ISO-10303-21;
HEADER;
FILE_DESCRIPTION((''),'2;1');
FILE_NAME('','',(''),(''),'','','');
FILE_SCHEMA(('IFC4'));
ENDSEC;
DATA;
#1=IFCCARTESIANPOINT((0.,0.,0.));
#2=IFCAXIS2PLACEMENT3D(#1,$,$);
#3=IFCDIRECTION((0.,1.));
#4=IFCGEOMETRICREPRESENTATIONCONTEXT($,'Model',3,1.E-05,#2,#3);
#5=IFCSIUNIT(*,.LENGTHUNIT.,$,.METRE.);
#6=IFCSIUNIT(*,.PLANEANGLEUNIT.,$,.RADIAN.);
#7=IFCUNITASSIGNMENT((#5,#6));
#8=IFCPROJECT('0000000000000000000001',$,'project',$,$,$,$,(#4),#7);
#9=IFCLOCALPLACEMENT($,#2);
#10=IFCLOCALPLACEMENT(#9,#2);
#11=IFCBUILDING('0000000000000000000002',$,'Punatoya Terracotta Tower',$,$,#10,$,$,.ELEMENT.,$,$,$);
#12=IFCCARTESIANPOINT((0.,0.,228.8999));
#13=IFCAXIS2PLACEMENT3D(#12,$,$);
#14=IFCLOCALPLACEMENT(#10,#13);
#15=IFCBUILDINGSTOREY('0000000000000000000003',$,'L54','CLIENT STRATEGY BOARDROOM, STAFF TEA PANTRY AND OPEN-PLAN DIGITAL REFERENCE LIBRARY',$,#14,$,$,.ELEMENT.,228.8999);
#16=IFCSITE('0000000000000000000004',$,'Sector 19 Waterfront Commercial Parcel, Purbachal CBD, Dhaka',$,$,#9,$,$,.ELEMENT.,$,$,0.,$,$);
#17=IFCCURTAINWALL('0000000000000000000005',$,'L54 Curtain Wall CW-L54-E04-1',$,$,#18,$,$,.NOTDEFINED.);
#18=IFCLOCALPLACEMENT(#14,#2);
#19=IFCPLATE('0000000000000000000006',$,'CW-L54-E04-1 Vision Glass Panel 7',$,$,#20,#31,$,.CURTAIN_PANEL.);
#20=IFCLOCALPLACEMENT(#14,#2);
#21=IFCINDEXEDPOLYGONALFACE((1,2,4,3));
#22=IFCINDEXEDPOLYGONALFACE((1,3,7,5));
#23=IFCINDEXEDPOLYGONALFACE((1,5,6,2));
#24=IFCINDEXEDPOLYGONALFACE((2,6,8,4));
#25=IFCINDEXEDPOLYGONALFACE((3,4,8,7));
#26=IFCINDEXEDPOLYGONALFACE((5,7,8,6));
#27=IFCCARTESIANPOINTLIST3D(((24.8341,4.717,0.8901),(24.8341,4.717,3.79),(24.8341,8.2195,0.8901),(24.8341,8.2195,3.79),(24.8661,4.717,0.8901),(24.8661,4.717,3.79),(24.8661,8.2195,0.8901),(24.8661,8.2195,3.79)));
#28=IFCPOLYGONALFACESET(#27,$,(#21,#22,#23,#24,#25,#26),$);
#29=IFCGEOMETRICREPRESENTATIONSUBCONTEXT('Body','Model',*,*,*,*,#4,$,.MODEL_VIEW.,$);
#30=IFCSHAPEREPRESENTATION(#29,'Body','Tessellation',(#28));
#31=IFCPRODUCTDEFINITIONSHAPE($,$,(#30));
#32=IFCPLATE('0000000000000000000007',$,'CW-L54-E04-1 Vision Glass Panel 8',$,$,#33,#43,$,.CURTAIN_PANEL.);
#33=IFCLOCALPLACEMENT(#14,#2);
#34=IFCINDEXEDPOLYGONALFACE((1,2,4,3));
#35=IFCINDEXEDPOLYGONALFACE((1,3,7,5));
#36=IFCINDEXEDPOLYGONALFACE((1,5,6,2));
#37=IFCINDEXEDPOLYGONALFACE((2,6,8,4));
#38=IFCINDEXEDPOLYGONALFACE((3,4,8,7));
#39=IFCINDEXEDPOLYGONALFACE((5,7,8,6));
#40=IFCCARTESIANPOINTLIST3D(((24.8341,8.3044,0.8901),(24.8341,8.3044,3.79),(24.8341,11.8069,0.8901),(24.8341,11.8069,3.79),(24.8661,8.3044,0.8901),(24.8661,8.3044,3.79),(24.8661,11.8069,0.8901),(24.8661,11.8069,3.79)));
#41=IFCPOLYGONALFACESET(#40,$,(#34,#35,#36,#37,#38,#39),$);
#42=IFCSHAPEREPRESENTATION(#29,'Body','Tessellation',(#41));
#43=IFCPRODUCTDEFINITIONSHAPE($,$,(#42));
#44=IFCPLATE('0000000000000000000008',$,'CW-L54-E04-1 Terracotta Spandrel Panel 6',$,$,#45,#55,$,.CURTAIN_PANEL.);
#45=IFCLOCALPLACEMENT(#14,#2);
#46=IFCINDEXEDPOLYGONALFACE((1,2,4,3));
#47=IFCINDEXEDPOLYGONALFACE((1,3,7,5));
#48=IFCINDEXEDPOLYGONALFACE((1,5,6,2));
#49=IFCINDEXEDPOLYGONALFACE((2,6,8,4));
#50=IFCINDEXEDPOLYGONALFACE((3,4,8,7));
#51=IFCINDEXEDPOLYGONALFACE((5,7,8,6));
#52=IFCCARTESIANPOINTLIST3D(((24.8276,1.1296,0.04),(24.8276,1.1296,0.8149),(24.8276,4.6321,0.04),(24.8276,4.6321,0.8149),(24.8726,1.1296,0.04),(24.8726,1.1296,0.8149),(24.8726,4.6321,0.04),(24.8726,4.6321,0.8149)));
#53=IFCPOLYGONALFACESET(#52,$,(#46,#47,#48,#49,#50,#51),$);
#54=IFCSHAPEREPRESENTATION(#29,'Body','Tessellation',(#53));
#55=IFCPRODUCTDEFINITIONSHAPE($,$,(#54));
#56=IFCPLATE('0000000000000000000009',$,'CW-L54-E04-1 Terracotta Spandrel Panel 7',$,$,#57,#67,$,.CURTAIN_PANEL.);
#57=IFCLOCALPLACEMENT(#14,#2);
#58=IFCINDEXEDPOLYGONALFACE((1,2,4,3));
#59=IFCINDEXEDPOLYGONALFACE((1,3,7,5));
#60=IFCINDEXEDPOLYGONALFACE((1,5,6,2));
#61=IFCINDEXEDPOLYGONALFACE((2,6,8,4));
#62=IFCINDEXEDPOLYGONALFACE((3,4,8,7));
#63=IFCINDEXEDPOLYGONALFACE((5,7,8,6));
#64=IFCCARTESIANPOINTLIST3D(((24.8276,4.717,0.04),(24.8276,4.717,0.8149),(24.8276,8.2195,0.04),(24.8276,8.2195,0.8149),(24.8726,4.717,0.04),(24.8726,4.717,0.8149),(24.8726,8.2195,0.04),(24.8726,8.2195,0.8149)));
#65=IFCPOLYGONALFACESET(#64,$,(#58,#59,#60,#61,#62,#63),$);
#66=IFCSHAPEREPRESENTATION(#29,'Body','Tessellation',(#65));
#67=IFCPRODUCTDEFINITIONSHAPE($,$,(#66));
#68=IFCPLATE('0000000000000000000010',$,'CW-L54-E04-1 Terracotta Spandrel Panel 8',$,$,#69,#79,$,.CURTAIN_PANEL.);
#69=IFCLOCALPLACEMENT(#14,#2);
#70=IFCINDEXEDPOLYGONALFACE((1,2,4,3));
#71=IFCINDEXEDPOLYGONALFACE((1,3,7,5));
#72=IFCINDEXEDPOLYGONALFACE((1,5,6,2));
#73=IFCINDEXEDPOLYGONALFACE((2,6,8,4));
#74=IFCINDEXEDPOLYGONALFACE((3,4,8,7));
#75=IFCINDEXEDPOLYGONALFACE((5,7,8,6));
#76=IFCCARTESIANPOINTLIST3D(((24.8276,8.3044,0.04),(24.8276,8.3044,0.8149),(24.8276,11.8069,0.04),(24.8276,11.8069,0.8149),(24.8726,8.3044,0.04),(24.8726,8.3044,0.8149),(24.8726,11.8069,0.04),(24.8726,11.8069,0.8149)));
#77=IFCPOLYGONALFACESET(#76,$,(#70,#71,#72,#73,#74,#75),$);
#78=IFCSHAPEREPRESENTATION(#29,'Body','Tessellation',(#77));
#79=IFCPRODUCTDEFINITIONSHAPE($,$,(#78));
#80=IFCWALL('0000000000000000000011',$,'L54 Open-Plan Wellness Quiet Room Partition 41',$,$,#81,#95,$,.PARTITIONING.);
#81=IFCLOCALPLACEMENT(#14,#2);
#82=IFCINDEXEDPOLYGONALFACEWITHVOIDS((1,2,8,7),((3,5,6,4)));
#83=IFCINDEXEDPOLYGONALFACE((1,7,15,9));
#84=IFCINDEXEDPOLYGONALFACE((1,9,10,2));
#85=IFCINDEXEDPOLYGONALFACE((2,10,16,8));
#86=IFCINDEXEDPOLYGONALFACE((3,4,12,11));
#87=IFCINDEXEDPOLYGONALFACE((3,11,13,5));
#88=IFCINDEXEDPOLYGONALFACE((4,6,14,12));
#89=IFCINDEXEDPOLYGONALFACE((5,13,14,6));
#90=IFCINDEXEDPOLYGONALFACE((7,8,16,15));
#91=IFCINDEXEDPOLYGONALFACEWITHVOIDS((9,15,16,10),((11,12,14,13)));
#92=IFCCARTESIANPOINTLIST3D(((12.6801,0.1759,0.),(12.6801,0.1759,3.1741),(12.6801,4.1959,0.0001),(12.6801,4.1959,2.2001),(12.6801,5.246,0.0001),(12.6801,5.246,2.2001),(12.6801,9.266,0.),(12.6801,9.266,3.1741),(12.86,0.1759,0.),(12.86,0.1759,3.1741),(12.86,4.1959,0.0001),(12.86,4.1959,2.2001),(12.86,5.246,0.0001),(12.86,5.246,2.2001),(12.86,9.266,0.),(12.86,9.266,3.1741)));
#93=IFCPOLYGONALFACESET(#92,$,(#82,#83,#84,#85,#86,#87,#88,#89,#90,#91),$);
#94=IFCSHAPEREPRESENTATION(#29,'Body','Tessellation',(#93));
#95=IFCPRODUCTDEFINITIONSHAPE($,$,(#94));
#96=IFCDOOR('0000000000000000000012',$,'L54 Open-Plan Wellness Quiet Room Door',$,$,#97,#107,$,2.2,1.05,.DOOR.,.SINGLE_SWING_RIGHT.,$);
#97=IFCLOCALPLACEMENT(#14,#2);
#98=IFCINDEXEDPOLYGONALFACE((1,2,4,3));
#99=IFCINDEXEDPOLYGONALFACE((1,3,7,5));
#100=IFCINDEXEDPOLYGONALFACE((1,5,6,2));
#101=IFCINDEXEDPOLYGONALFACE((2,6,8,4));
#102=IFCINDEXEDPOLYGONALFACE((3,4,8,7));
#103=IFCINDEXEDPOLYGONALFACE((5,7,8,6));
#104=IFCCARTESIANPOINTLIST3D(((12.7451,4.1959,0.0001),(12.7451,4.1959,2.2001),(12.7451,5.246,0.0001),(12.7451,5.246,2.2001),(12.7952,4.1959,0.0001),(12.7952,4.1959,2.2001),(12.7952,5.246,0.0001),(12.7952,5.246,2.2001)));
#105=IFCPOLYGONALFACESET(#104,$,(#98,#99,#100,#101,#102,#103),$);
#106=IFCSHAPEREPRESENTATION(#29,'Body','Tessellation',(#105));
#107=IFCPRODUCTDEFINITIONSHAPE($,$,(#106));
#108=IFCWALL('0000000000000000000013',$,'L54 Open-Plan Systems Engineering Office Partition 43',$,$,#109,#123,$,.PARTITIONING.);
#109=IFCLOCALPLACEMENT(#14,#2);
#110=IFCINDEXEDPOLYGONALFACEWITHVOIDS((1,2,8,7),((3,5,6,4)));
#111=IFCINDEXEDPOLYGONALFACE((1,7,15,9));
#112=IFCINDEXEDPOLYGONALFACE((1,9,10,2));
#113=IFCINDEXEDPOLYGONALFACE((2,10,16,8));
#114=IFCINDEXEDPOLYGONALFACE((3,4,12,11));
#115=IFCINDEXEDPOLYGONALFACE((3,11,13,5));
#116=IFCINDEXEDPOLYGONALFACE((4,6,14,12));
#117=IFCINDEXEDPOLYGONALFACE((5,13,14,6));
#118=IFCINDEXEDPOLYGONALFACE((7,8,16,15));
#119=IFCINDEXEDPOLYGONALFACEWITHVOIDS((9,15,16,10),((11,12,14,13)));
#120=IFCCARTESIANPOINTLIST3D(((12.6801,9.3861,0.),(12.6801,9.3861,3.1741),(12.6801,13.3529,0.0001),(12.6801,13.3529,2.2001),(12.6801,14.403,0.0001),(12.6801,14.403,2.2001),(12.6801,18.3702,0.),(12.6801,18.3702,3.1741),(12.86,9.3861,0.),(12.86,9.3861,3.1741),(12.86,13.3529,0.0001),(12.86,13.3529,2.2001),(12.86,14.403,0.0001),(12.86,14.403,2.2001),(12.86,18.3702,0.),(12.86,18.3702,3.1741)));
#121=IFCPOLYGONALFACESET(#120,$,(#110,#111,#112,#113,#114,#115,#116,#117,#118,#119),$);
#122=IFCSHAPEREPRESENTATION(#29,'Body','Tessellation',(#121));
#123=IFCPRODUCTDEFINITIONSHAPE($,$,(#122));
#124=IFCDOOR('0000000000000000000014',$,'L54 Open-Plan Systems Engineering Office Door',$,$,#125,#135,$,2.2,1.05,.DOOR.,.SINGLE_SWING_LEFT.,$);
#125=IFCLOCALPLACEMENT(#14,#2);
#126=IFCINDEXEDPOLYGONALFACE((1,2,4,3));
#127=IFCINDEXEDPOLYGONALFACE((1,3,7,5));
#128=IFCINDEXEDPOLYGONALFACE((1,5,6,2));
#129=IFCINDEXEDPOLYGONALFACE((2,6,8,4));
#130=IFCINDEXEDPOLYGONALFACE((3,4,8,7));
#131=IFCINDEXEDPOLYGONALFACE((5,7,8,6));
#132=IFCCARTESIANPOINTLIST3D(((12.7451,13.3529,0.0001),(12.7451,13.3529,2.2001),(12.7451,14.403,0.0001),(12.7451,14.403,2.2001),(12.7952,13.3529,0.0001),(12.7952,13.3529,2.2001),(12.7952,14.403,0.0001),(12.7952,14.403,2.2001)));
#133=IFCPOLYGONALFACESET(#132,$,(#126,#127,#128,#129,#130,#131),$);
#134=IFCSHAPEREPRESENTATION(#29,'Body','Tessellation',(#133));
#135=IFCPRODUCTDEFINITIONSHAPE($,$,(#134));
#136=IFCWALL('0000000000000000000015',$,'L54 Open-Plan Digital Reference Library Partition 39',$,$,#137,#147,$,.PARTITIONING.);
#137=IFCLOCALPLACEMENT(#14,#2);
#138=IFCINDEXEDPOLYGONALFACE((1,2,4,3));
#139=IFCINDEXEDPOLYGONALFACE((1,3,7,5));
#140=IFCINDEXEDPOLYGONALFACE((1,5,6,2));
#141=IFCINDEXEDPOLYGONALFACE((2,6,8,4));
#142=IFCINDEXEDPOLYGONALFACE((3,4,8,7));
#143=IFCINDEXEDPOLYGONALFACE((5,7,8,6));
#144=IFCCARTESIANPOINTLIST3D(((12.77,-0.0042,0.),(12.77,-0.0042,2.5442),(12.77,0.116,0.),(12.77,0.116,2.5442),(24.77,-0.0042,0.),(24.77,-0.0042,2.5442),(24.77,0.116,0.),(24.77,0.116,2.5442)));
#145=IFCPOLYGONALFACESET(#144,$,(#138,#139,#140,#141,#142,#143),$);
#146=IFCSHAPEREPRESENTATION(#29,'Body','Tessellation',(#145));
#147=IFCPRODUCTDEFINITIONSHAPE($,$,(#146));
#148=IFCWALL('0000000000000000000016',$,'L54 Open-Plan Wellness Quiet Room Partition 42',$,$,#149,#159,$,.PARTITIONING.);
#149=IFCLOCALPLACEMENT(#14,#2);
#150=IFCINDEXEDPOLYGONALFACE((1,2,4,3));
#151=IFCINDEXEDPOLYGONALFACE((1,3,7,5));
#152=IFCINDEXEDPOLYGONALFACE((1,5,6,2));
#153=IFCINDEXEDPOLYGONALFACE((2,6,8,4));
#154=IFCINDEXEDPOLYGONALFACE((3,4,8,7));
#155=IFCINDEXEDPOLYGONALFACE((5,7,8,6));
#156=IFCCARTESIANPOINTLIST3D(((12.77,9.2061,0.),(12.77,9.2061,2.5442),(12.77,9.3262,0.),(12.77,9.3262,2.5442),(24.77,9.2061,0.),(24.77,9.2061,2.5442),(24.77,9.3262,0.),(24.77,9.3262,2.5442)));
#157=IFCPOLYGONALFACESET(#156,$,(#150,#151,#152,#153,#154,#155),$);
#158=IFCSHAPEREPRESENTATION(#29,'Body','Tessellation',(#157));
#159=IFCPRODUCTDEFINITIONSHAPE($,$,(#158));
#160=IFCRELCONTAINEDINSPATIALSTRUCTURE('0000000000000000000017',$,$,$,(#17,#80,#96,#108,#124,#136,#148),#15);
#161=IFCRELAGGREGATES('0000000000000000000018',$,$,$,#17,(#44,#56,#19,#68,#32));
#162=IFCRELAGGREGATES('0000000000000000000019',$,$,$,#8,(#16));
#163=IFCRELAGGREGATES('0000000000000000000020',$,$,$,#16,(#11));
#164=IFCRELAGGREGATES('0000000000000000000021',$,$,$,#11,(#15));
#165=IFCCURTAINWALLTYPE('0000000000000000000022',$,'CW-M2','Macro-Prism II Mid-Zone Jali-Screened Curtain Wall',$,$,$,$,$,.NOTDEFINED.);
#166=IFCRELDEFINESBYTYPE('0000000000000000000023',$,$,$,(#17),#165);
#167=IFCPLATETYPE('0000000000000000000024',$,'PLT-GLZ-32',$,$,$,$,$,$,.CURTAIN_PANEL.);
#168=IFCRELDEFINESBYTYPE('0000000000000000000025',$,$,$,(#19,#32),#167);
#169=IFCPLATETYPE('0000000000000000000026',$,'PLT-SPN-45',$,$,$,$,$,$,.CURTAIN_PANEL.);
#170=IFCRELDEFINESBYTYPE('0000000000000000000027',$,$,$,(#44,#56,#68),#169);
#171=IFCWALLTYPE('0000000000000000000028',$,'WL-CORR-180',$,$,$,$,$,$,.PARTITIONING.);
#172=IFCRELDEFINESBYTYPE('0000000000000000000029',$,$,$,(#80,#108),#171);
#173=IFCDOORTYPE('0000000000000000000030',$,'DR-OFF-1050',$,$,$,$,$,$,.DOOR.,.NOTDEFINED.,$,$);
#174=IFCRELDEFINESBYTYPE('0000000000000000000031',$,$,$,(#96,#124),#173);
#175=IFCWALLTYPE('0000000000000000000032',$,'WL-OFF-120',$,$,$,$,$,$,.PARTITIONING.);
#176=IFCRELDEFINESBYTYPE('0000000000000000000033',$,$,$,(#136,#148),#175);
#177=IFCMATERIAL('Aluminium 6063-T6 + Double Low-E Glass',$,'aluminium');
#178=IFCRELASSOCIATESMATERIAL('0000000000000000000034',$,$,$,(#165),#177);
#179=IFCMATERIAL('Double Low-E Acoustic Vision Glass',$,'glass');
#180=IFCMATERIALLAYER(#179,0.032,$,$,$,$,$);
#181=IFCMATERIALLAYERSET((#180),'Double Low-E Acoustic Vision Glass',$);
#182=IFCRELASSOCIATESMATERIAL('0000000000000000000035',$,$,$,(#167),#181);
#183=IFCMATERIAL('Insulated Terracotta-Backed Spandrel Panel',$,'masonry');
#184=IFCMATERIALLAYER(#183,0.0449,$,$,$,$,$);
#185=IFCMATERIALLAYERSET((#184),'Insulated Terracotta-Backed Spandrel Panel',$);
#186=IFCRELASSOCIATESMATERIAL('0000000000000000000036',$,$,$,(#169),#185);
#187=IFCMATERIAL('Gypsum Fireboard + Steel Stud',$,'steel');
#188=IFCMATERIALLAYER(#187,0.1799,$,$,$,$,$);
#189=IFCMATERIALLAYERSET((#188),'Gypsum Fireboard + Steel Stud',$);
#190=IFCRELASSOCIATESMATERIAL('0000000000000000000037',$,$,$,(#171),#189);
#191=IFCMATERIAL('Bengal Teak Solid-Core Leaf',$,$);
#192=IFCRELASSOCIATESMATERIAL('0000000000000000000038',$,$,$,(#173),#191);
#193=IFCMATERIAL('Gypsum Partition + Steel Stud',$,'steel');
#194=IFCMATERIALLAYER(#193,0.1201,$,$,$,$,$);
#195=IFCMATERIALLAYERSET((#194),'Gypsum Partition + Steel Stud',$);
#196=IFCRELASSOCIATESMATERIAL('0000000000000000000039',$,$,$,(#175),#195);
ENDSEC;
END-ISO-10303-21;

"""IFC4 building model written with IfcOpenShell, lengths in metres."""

from ifc_helpers import new_model, si_unit, direction, frame, frame_2d, origin, origin_2d, place, context, subcontext, project, spatial, rectangle, extrude, material, layer, layer_set, type_object, element, fill, aggregate, save


model = new_model("IFC4")

# Units and contexts
model_context = context("Model", 3, precision=1e-05, world=origin(), true_north=direction((0.0, 1.0)))
body_context = subcontext(model_context, "Body", "Model", "MODEL_VIEW")
ifc_project = project(units=[si_unit("LENGTHUNIT", "METRE"), si_unit("PLANEANGLEUNIT", "RADIAN")], contexts=[model_context])

# Site, building, storey
site_placement = place(None, origin())
site = spatial("IfcSite", under=ifc_project, at=site_placement, Name="Sector 19 Waterfront Commercial Parcel, Purbachal CBD, Dhaka", CompositionType="ELEMENT", RefElevation=0.0)
building_placement = place(site_placement, origin())
building = spatial("IfcBuilding", under=site, at=building_placement, Name="Punatoya Terracotta Tower", CompositionType="ELEMENT")
storey_placement = place(building_placement, frame((0.0, 0.0, 228.8999)))
storey = spatial("IfcBuildingStorey", under=building, at=storey_placement, Name="L54", Description="CLIENT STRATEGY BOARDROOM, STAFF TEA PANTRY AND OPEN-PLAN DIGITAL REFERENCE LIBRARY", CompositionType="ELEMENT", Elevation=228.8999)

# Curtain wall, plates
ifc_material_1 = material(Name="Aluminium 6063-T6 + Double Low-E Glass", Category="aluminium")
curtain_wall_type = type_object("IfcCurtainWallType", Name="CW-M2", Description="Macro-Prism II Mid-Zone Jali-Screened Curtain Wall", PredefinedType="NOTDEFINED", material=ifc_material_1)
curtain_wall_placement = place(storey_placement, origin())
curtain_wall = element("IfcCurtainWall", 1, at=curtain_wall_placement, inside=storey, type_object=curtain_wall_type, Name="L54 Curtain Wall CW-L54-E04-1", PredefinedType="NOTDEFINED")
ifc_material_2 = material(Name="Double Low-E Acoustic Vision Glass", Category="glass")
ifc_layer_1 = layer(ifc_material_2, 0.032)
ifc_layer_set_1 = layer_set([ifc_layer_1], Name="Double Low-E Acoustic Vision Glass")
plate_type_1 = type_object("IfcPlateType", Name="PLT-GLZ-32", PredefinedType="CURTAIN_PANEL", material=ifc_layer_set_1)
plate_1_placement = place(storey_placement, frame((24.8501, 6.4683, 0.8901), z_axis=(0.0, 0.0, 1.0), x_axis=(0.0, 1.0, 0.0)))
plate_1 = element("IfcPlate", 2, at=plate_1_placement, type_object=plate_type_1, Name="CW-L54-E04-1 Vision Glass Panel 7", PredefinedType="CURTAIN_PANEL", context=body_context, shape_type="SweptSolid", body=[
    extrude(rectangle(XDim=3.5024, YDim=0.032, at=origin_2d()), origin(), (0.0, 0.0, 1.0), 2.8999),
])
plate_2_placement = place(storey_placement, frame((24.8501, 10.0557, 0.8901), z_axis=(0.0, 0.0, 1.0), x_axis=(0.0, 1.0, 0.0)))
plate_2 = element("IfcPlate", 3, at=plate_2_placement, type_object=plate_type_1, Name="CW-L54-E04-1 Vision Glass Panel 8", PredefinedType="CURTAIN_PANEL", context=body_context, shape_type="SweptSolid", body=[
    extrude(rectangle(XDim=3.5024, YDim=0.032, at=origin_2d()), origin(), (0.0, 0.0, 1.0), 2.8999),
])
ifc_material_3 = material(Name="Insulated Terracotta-Backed Spandrel Panel", Category="masonry")
ifc_layer_2 = layer(ifc_material_3, 0.0449)
ifc_layer_set_2 = layer_set([ifc_layer_2], Name="Insulated Terracotta-Backed Spandrel Panel")
plate_type_2 = type_object("IfcPlateType", Name="PLT-SPN-45", PredefinedType="CURTAIN_PANEL", material=ifc_layer_set_2)
plate_3_placement = place(storey_placement, frame((24.8501, 2.8809, 0.04), z_axis=(0.0, 0.0, 1.0), x_axis=(0.0, 1.0, 0.0)))
plate_3 = element("IfcPlate", 4, at=plate_3_placement, type_object=plate_type_2, Name="CW-L54-E04-1 Terracotta Spandrel Panel 6", PredefinedType="CURTAIN_PANEL", context=body_context, shape_type="SweptSolid", body=[
    extrude(rectangle(XDim=3.5024, YDim=0.0449, at=origin_2d()), origin(), (0.0, 0.0, 1.0), 0.7749),
])
plate_4_placement = place(storey_placement, frame((24.8501, 6.4683, 0.04), z_axis=(0.0, 0.0, 1.0), x_axis=(0.0, 1.0, 0.0)))
plate_4 = element("IfcPlate", 5, at=plate_4_placement, type_object=plate_type_2, Name="CW-L54-E04-1 Terracotta Spandrel Panel 7", PredefinedType="CURTAIN_PANEL", context=body_context, shape_type="SweptSolid", body=[
    extrude(rectangle(XDim=3.5024, YDim=0.0449, at=origin_2d()), origin(), (0.0, 0.0, 1.0), 0.7749),
])
plate_5_placement = place(storey_placement, frame((24.8501, 10.0557, 0.04), z_axis=(0.0, 0.0, 1.0), x_axis=(0.0, 1.0, 0.0)))
plate_5 = element("IfcPlate", 6, at=plate_5_placement, type_object=plate_type_2, Name="CW-L54-E04-1 Terracotta Spandrel Panel 8", PredefinedType="CURTAIN_PANEL", context=body_context, shape_type="SweptSolid", body=[
    extrude(rectangle(XDim=3.5024, YDim=0.0449, at=origin_2d()), origin(), (0.0, 0.0, 1.0), 0.7749),
])
aggregate(curtain_wall, [plate_3, plate_4, plate_1, plate_5, plate_2])

# Walls, openings, doors
ifc_material_4 = material(Name="Gypsum Fireboard + Steel Stud", Category="steel")
ifc_layer_3 = layer(ifc_material_4, 0.1799)
ifc_layer_set_3 = layer_set([ifc_layer_3], Name="Gypsum Fireboard + Steel Stud")
wall_type_1 = type_object("IfcWallType", Name="WL-CORR-180", PredefinedType="PARTITIONING", material=ifc_layer_set_3)
wall_1_placement = place(storey_placement, frame((12.77, 0.176, 0.0), z_axis=(0.0, 0.0, 1.0), x_axis=(0.0, 1.0, 0.0)))
wall_1 = element("IfcWall", 7, at=wall_1_placement, inside=storey, type_object=wall_type_1, Name="L54 Open-Plan Wellness Quiet Room Partition 41", PredefinedType="PARTITIONING", context=body_context, shape_type="SweptSolid", body=[
    extrude(rectangle(XDim=9.0901, YDim=0.1799, at=frame_2d((4.5449, 0.0))), origin(), (0.0, 0.0, 1.0), 3.1741),
])
opening_1_placement = place(wall_1_placement, frame((4.02, 0.0, 0.0)))
opening_1 = element("IfcOpeningElement", 8, at=opening_1_placement, cuts=wall_1, PredefinedType="OPENING", context=body_context, shape_type="SweptSolid", body=[
    extrude(rectangle(XDim=1.05, YDim=2.2, at=frame_2d((0.5249, 1.1001))), frame((0.0, 0.0999, 0.0), z_axis=(0.0, -1.0, 0.0), x_axis=(1.0, 0.0, 0.0)), (0.0, 0.0, 1.0), 0.2),
])
ifc_material_5 = material(Name="Bengal Teak Solid-Core Leaf")
door_type = type_object("IfcDoorType", Name="DR-OFF-1050", OperationType="NOTDEFINED", PredefinedType="DOOR", material=ifc_material_5)
door_1_placement = place(opening_1_placement, origin())
door_1 = element("IfcDoor", 9, at=door_1_placement, inside=storey, type_object=door_type, Name="L54 Open-Plan Wellness Quiet Room Door", OperationType="SINGLE_SWING_RIGHT", OverallHeight=2.2, OverallWidth=1.05, PredefinedType="DOOR", context=body_context, shape_type="SweptSolid", body=[
    extrude(rectangle(XDim=1.05, YDim=2.2, at=frame_2d((0.5249, 1.1001))), frame((0.0, 0.0249, 0.0), z_axis=(0.0, -1.0, 0.0), x_axis=(1.0, 0.0, 0.0)), (0.0, 0.0, 1.0), 0.05),
])
fill(opening_1, door_1)
wall_2_placement = place(storey_placement, frame((12.77, 9.386, 0.0), z_axis=(0.0, 0.0, 1.0), x_axis=(0.0, 1.0, 0.0)))
wall_2 = element("IfcWall", 10, at=wall_2_placement, inside=storey, type_object=wall_type_1, Name="L54 Open-Plan Systems Engineering Office Partition 43", PredefinedType="PARTITIONING", context=body_context, shape_type="SweptSolid", body=[
    extrude(rectangle(XDim=8.9841, YDim=0.1799, at=frame_2d((4.4922, 0.0))), origin(), (0.0, 0.0, 1.0), 3.1741),
])
opening_2_placement = place(wall_2_placement, frame((3.967, 0.0, 0.0)))
opening_2 = element("IfcOpeningElement", 11, at=opening_2_placement, cuts=wall_2, PredefinedType="OPENING", context=body_context, shape_type="SweptSolid", body=[
    extrude(rectangle(XDim=1.05, YDim=2.2, at=frame_2d((0.5249, 1.1001))), frame((0.0, 0.0999, 0.0), z_axis=(0.0, -1.0, 0.0), x_axis=(1.0, 0.0, 0.0)), (0.0, 0.0, 1.0), 0.2),
])
door_2_placement = place(opening_2_placement, origin())
door_2 = element("IfcDoor", 12, at=door_2_placement, inside=storey, type_object=door_type, Name="L54 Open-Plan Systems Engineering Office Door", OperationType="SINGLE_SWING_LEFT", OverallHeight=2.2, OverallWidth=1.05, PredefinedType="DOOR", context=body_context, shape_type="SweptSolid", body=[
    extrude(rectangle(XDim=1.05, YDim=2.2, at=frame_2d((0.5249, 1.1001))), frame((0.0, 0.0249, 0.0), z_axis=(0.0, -1.0, 0.0), x_axis=(1.0, 0.0, 0.0)), (0.0, 0.0, 1.0), 0.05),
])
fill(opening_2, door_2)

# Walls
ifc_material_6 = material(Name="Gypsum Partition + Steel Stud", Category="steel")
ifc_layer_4 = layer(ifc_material_6, 0.1201)
ifc_layer_set_4 = layer_set([ifc_layer_4], Name="Gypsum Partition + Steel Stud")
wall_type_2 = type_object("IfcWallType", Name="WL-OFF-120", PredefinedType="PARTITIONING", material=ifc_layer_set_4)
for number, where, z_axis, x_axis, name in (
    (13, (12.77, 0.0559, 0.0), (0.0, 0.0, 1.0), (1.0, 0.0, 0.0), "L54 Open-Plan Digital Reference Library Partition 39"),
    (14, (12.77, 9.2661, 0.0), (0.0, 0.0, 1.0), (1.0, 0.0, 0.0), "L54 Open-Plan Wellness Quiet Room Partition 42"),
):
    element("IfcWall", number, at=place(storey_placement, frame(where, z_axis=z_axis, x_axis=x_axis)), inside=storey, type_object=wall_type_2, Name=name, PredefinedType="PARTITIONING", context=body_context, shape_type="SweptSolid", body=[
        extrude(rectangle(XDim=12.0, YDim=0.1201, at=frame_2d((6.0, 0.0))), origin(), (0.0, 0.0, 1.0), 2.5442),
    ])

save(model, "model.ifc")
